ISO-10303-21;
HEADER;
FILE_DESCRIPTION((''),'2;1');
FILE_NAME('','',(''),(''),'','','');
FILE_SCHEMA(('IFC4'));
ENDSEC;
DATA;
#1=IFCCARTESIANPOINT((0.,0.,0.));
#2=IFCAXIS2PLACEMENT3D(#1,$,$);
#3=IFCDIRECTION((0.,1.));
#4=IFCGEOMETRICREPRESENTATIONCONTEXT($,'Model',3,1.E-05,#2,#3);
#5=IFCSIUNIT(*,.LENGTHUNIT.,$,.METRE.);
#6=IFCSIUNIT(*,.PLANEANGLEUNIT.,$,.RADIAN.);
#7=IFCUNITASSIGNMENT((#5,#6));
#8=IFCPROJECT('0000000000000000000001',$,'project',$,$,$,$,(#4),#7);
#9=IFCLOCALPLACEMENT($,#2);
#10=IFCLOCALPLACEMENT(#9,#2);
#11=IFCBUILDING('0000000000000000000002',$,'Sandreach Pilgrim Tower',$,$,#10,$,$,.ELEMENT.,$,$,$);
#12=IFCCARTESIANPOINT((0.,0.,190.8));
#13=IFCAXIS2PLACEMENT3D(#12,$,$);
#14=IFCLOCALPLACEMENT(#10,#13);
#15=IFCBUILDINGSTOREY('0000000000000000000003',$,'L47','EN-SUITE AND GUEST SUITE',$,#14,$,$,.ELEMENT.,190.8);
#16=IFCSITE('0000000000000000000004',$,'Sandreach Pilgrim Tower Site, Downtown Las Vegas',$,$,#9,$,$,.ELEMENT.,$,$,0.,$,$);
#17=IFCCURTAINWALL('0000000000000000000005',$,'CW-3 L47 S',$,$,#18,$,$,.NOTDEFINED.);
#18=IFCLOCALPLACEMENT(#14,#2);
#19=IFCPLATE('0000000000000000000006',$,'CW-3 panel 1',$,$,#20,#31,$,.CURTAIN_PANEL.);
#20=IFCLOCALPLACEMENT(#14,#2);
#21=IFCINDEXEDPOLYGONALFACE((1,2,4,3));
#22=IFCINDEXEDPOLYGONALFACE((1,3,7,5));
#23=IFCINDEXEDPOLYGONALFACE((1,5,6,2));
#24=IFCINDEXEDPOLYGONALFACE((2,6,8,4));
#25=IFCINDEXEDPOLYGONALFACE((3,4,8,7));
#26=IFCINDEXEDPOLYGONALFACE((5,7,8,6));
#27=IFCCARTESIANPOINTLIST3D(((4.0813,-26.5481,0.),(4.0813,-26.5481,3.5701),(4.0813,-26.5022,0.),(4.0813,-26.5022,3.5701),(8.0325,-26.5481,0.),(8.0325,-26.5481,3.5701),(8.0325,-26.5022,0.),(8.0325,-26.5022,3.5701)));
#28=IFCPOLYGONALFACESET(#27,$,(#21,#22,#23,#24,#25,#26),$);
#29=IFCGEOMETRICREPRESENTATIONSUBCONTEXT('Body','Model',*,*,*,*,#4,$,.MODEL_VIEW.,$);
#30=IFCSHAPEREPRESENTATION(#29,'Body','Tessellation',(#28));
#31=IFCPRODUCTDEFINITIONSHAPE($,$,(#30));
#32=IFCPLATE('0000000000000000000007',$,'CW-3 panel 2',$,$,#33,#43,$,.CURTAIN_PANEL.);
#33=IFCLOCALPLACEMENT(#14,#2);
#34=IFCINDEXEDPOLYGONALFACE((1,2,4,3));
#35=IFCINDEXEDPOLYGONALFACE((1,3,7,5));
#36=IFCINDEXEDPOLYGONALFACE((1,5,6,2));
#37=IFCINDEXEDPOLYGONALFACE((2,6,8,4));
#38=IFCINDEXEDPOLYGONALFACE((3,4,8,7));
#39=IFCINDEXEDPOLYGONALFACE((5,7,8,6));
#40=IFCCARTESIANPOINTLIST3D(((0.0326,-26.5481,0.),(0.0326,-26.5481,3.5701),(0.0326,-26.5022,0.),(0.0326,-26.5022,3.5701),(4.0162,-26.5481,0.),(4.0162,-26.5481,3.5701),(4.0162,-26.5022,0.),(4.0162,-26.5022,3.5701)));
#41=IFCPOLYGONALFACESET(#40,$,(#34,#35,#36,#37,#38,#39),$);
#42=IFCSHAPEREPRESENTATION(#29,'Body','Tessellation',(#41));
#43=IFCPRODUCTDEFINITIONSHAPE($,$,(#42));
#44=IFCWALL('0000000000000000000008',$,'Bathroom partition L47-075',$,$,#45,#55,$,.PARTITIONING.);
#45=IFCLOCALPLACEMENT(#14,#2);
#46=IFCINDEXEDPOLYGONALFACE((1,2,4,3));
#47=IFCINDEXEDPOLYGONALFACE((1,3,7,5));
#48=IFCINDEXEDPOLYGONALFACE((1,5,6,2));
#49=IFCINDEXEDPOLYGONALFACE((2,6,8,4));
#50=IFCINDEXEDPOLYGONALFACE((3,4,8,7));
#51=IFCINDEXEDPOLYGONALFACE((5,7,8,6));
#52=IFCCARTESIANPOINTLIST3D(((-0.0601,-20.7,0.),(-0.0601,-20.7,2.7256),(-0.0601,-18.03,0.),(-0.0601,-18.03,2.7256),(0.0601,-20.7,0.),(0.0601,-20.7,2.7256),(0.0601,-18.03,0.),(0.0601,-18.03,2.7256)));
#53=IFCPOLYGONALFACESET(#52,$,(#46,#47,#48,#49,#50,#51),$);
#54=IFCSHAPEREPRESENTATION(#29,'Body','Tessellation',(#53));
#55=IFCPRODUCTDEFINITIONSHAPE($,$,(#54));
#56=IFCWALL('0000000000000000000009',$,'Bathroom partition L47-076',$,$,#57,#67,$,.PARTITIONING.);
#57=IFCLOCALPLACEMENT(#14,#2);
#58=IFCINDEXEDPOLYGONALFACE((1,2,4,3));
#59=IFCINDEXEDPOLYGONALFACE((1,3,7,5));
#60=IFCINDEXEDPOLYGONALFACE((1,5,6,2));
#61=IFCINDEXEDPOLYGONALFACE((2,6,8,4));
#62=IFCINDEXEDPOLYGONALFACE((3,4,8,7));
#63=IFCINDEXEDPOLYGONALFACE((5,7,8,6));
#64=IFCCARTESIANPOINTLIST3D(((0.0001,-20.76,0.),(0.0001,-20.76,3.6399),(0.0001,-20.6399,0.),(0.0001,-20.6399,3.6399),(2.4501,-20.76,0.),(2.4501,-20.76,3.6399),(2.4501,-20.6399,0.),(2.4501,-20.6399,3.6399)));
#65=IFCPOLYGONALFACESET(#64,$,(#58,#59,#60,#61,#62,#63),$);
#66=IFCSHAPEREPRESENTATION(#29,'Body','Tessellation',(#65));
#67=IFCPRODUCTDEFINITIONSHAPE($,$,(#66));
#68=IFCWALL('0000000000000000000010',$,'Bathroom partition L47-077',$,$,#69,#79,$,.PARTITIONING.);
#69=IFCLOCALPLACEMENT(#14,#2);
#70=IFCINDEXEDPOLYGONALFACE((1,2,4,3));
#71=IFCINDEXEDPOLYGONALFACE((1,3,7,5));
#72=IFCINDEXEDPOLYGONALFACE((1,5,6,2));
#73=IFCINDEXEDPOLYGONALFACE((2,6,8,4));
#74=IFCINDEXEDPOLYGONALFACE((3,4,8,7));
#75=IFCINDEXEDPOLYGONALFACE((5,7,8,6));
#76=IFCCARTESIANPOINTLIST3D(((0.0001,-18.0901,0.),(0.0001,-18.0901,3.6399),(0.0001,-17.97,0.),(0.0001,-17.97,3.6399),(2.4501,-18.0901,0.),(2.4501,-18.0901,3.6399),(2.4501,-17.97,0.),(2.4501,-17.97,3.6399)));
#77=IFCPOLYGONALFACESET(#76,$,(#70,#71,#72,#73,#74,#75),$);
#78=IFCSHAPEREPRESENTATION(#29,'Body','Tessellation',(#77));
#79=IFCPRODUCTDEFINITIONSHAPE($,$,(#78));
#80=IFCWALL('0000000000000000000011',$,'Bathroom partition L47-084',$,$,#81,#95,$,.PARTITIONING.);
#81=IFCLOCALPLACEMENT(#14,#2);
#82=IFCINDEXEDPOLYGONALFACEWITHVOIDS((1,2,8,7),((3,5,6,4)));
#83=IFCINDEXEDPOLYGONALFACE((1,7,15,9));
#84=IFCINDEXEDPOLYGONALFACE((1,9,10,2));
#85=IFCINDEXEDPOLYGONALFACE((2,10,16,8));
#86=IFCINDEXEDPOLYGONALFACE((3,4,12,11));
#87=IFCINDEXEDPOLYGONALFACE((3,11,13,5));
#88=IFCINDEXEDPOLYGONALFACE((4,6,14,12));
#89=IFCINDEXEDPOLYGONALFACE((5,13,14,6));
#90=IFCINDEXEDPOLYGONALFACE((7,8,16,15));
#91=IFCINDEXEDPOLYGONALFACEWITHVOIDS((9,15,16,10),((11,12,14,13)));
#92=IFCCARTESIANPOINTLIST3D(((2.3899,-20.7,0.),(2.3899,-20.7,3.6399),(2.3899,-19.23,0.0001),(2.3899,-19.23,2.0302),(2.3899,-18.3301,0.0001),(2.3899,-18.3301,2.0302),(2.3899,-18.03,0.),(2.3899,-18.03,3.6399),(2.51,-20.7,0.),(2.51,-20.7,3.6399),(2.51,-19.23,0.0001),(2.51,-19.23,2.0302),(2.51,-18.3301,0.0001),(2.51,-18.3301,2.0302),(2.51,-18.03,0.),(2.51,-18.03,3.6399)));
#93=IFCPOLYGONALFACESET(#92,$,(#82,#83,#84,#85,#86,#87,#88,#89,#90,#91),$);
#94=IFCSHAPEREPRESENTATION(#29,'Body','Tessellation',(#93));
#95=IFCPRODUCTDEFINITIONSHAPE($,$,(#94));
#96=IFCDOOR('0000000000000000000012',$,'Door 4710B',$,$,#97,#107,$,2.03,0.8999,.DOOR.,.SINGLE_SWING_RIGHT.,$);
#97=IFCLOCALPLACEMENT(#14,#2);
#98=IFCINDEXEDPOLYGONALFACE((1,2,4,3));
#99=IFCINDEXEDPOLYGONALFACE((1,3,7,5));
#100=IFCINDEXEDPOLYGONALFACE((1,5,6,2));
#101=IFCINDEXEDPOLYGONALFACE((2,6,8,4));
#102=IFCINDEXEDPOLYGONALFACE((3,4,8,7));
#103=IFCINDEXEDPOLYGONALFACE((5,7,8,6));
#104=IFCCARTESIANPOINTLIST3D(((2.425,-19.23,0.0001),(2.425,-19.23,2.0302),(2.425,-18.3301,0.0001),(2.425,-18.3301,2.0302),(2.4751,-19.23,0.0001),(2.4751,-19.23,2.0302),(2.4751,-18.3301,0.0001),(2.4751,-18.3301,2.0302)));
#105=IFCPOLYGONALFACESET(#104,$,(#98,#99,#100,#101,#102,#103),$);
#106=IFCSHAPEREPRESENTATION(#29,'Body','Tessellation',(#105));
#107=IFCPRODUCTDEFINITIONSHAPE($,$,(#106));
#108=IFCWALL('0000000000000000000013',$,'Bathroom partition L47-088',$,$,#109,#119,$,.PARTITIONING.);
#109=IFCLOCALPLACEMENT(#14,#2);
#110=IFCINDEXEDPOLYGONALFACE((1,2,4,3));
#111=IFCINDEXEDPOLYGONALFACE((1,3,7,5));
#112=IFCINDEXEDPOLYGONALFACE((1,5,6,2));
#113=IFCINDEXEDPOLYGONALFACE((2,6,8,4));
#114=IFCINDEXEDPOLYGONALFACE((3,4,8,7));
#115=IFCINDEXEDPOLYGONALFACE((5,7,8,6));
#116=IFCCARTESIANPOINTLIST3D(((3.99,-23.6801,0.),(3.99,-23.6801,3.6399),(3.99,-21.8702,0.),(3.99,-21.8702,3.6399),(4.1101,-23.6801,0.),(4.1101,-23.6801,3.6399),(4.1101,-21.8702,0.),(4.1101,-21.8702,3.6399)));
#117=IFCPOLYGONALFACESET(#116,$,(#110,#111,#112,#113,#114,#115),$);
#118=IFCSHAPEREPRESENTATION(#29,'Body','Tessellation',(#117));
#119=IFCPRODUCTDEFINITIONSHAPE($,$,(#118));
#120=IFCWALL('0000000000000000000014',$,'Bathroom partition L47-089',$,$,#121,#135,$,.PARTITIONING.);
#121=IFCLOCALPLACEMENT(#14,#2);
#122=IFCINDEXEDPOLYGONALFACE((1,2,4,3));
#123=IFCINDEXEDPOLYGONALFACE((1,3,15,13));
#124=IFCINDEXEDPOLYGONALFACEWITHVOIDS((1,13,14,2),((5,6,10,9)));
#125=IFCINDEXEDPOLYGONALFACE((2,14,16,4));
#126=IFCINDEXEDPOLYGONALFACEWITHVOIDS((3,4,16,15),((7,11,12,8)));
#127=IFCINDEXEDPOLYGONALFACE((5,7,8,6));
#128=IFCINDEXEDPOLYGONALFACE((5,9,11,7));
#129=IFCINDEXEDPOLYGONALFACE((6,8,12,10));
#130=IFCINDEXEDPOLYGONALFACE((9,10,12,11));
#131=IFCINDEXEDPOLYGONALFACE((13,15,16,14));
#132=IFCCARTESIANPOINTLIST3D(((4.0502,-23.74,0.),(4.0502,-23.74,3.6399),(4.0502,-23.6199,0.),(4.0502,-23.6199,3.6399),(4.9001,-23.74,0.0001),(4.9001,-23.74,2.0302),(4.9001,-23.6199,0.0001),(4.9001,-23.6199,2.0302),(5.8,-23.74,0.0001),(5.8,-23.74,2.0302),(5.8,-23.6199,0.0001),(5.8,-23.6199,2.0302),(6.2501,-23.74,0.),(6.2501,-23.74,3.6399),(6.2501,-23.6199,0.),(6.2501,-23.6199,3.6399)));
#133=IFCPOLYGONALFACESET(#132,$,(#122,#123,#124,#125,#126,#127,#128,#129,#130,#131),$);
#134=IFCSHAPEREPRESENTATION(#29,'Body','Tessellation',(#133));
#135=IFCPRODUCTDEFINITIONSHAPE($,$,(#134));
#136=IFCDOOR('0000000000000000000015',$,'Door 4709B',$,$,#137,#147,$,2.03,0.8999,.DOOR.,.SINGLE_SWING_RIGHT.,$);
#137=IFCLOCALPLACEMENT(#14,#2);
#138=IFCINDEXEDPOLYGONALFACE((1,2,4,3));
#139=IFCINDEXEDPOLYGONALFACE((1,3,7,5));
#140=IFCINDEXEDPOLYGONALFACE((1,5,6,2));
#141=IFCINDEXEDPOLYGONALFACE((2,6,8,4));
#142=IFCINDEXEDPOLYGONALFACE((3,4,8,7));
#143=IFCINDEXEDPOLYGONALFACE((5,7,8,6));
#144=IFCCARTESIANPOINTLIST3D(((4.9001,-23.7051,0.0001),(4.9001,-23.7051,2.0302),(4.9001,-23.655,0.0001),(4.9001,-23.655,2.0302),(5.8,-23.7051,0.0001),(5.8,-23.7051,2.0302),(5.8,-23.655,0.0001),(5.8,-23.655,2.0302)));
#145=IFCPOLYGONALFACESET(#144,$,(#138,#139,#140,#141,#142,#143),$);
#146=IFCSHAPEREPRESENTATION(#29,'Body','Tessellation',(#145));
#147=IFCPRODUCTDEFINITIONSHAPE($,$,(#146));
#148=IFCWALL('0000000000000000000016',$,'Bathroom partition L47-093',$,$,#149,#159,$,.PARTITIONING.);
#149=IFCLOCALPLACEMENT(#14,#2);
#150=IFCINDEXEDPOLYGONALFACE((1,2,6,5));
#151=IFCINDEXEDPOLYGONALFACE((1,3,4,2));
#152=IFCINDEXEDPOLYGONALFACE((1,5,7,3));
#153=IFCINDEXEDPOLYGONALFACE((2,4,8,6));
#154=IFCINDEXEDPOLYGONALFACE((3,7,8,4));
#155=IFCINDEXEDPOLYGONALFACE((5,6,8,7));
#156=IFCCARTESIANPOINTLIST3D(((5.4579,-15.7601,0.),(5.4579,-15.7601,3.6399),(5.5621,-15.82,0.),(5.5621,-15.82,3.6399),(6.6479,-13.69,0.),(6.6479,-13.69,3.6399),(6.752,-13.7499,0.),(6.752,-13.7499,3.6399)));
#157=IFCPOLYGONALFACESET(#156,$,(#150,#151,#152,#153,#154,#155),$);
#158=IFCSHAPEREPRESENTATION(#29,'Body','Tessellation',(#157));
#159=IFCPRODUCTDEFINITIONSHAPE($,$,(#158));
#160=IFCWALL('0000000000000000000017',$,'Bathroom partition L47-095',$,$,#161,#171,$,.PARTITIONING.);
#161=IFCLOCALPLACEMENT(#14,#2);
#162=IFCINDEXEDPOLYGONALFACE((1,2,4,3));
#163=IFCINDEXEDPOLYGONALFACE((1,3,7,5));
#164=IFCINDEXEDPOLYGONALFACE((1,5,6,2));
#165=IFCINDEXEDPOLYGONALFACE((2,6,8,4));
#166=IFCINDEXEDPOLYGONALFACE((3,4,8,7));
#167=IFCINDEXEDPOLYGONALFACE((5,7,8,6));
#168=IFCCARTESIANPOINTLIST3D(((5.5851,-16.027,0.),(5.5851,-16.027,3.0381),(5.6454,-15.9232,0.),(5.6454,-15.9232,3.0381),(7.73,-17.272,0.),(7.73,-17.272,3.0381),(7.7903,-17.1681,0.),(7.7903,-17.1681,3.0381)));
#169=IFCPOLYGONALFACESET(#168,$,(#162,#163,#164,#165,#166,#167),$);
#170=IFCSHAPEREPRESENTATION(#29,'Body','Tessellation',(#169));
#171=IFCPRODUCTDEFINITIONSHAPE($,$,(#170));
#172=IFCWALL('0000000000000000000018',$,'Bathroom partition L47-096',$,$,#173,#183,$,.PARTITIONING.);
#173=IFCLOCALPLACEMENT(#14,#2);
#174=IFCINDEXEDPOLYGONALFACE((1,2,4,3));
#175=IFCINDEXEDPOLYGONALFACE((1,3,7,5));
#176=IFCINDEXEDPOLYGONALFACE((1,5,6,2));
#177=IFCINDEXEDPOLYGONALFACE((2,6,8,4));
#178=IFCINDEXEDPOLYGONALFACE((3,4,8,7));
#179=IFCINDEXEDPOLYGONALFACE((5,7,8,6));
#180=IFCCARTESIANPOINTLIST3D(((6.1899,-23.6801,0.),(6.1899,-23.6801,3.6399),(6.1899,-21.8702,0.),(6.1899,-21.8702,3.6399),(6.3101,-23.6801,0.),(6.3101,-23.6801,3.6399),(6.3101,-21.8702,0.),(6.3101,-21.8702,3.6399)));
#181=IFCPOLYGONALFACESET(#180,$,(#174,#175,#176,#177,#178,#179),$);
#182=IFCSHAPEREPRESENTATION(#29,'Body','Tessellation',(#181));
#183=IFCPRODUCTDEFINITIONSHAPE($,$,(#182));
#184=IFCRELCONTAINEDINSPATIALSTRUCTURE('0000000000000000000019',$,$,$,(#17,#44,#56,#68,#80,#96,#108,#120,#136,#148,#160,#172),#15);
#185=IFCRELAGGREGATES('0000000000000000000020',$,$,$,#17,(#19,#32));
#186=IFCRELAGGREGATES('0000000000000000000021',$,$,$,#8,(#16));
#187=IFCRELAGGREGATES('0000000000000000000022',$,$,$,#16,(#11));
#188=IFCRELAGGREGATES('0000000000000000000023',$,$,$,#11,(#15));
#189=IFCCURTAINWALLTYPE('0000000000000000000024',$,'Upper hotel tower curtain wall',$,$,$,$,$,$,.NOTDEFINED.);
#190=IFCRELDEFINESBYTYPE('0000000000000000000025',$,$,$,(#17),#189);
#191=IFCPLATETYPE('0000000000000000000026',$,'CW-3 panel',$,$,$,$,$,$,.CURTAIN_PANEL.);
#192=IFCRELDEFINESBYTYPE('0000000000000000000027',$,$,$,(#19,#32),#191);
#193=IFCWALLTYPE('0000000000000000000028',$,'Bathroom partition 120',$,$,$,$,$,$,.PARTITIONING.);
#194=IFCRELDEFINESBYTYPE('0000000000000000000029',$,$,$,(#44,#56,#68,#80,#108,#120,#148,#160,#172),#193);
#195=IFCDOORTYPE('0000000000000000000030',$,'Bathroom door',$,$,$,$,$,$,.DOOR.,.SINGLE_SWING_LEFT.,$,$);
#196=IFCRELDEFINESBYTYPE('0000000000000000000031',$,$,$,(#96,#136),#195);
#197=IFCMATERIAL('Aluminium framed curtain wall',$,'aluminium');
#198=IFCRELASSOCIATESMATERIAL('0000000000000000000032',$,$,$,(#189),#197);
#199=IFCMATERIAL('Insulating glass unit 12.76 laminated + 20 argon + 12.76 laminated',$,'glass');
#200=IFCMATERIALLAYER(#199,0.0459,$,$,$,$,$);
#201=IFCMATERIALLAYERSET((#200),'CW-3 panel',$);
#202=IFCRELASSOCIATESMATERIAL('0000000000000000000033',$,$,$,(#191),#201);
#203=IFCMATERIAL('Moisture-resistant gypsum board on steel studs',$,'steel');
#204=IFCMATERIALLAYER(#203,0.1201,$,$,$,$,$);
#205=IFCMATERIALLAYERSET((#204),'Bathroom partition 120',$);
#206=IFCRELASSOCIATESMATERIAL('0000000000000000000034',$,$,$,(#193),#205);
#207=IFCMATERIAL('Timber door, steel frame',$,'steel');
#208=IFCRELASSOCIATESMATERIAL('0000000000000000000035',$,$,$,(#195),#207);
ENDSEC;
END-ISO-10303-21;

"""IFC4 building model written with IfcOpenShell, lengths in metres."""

from ifc_helpers import new_model, si_unit, direction, frame, frame_2d, origin, origin_2d, place, context, subcontext, project, spatial, rectangle, extrude, material, layer, layer_set, type_object, element, fill, aggregate, save


model = new_model("IFC4")

# Units and contexts
model_context = context("Model", 3, precision=1e-05, world=origin(), true_north=direction((0.0, 1.0)))
body_context = subcontext(model_context, "Body", "Model", "MODEL_VIEW")
ifc_project = project(units=[si_unit("LENGTHUNIT", "METRE"), si_unit("PLANEANGLEUNIT", "RADIAN")], contexts=[model_context])

# Site, building, storey
site_placement = place(None, origin())
site = spatial("IfcSite", under=ifc_project, at=site_placement, Name="Sandreach Pilgrim Tower Site, Downtown Las Vegas", CompositionType="ELEMENT", RefElevation=0.0)
building_placement = place(site_placement, origin())
building = spatial("IfcBuilding", under=site, at=building_placement, Name="Sandreach Pilgrim Tower", CompositionType="ELEMENT")
storey_placement = place(building_placement, frame((0.0, 0.0, 190.8)))
storey = spatial("IfcBuildingStorey", under=building, at=storey_placement, Name="L47", Description="EN-SUITE AND GUEST SUITE", CompositionType="ELEMENT", Elevation=190.8)

# Curtain wall
ifc_material_1 = material(Name="Aluminium framed curtain wall", Category="aluminium")
curtain_wall_type = type_object("IfcCurtainWallType", Name="Upper hotel tower curtain wall", PredefinedType="NOTDEFINED", material=ifc_material_1)
curtain_wall_placement = place(storey_placement, origin())
curtain_wall = element("IfcCurtainWall", 1, at=curtain_wall_placement, inside=storey, type_object=curtain_wall_type, Name="CW-3 L47 S", PredefinedType="NOTDEFINED")

# Plates
ifc_material_2 = material(Name="Insulating glass unit 12.76 laminated + 20 argon + 12.76 laminated", Category="glass")
ifc_layer_1 = layer(ifc_material_2, 0.0459)
ifc_layer_set_1 = layer_set([ifc_layer_1], Name="CW-3 panel")
plate_type = type_object("IfcPlateType", Name="CW-3 panel", PredefinedType="CURTAIN_PANEL", material=ifc_layer_set_1)
plate_1_placement = place(storey_placement, frame((6.0569, -26.5251, 0.0), z_axis=(0.0, 0.0, 1.0), x_axis=(-1.0, 0.0, 0.0)))
plate_1 = element("IfcPlate", 2, at=plate_1_placement, type_object=plate_type, Name="CW-3 panel 1", PredefinedType="CURTAIN_PANEL", context=body_context, shape_type="SweptSolid", body=[
    extrude(rectangle(XDim=3.9512, YDim=0.0459, at=origin_2d()), origin(), (0.0, 0.0, 1.0), 3.5701),
])
plate_2_placement = place(storey_placement, frame((2.0244, -26.5251, 0.0), z_axis=(0.0, 0.0, 1.0), x_axis=(-1.0, 0.0, 0.0)))
plate_2 = element("IfcPlate", 3, at=plate_2_placement, type_object=plate_type, Name="CW-3 panel 2", PredefinedType="CURTAIN_PANEL", context=body_context, shape_type="SweptSolid", body=[
    extrude(rectangle(XDim=3.9836, YDim=0.0459, at=origin_2d()), origin(), (0.0, 0.0, 1.0), 3.5701),
])
aggregate(curtain_wall, [plate_1, plate_2])

# Walls
ifc_material_3 = material(Name="Moisture-resistant gypsum board on steel studs", Category="steel")
ifc_layer_2 = layer(ifc_material_3, 0.1201)
ifc_layer_set_2 = layer_set([ifc_layer_2], Name="Bathroom partition 120")
wall_type_1 = type_object("IfcWallType", Name="Bathroom partition 120", PredefinedType="PARTITIONING", material=ifc_layer_set_2)
wall_1_placement = place(storey_placement, frame((0.0, -20.7, 0.0), z_axis=(0.0, 0.0, 1.0), x_axis=(0.0, 1.0, 0.0)))
element("IfcWall", 4, at=wall_1_placement, inside=storey, type_object=wall_type_1, Name="Bathroom partition L47-075", PredefinedType="PARTITIONING", context=body_context, shape_type="SweptSolid", body=[
    extrude(rectangle(XDim=2.6699, YDim=0.1201, at=frame_2d((1.335, 0.0))), origin(), (0.0, 0.0, 1.0), 2.7256),
])
for number, where, z_axis, x_axis, name in (
    (5, (0.0, -20.7, 0.0), (0.0, 0.0, 1.0), (1.0, 0.0, 0.0), "Bathroom partition L47-076"),
    (6, (0.0, -18.03, 0.0), (0.0, 0.0, 1.0), (1.0, 0.0, 0.0), "Bathroom partition L47-077"),
):
    element("IfcWall", number, at=place(storey_placement, frame(where, z_axis=z_axis, x_axis=x_axis)), inside=storey, type_object=wall_type_1, Name=name, PredefinedType="PARTITIONING", context=body_context, shape_type="SweptSolid", body=[
        extrude(rectangle(XDim=2.45, YDim=0.1201, at=frame_2d((1.2251, 0.0))), origin(), (0.0, 0.0, 1.0), 3.6399),
    ])

# Wall, opening, door
wall_2_placement = place(storey_placement, frame((2.45, -20.7, 0.0), z_axis=(0.0, 0.0, 1.0), x_axis=(0.0, 1.0, 0.0)))
wall_2 = element("IfcWall", 7, at=wall_2_placement, inside=storey, type_object=wall_type_1, Name="Bathroom partition L47-084", PredefinedType="PARTITIONING", context=body_context, shape_type="SweptSolid", body=[
    extrude(rectangle(XDim=2.6699, YDim=0.1201, at=frame_2d((1.335, 0.0))), origin(), (0.0, 0.0, 1.0), 3.6399),
])
opening_1_placement = place(wall_2_placement, frame((1.47, 0.0, 0.0)))
opening_1 = element("IfcOpeningElement", 8, at=opening_1_placement, cuts=wall_2, PredefinedType="OPENING", context=body_context, shape_type="SweptSolid", body=[
    extrude(rectangle(XDim=0.8999, YDim=2.03, at=frame_2d((0.45, 1.0151))), frame((0.0, 0.0601, 0.0), z_axis=(0.0, -1.0, 0.0), x_axis=(1.0, 0.0, 0.0)), (0.0, 0.0, 1.0), 0.1201),
])
ifc_material_4 = material(Name="Timber door, steel frame", Category="steel")
door_type_1 = type_object("IfcDoorType", Name="Bathroom door", OperationType="SINGLE_SWING_LEFT", PredefinedType="DOOR", material=ifc_material_4)
door_1_placement = place(opening_1_placement, origin())
door_1 = element("IfcDoor", 9, at=door_1_placement, inside=storey, type_object=door_type_1, Name="Door 4710B", OperationType="SINGLE_SWING_RIGHT", OverallHeight=2.03, OverallWidth=0.8999, PredefinedType="DOOR", context=body_context, shape_type="SweptSolid", body=[
    extrude(rectangle(XDim=0.8999, YDim=2.03, at=frame_2d((0.45, 1.0151))), frame((0.0, 0.0249, 0.0), z_axis=(0.0, -1.0, 0.0), x_axis=(1.0, 0.0, 0.0)), (0.0, 0.0, 1.0), 0.05),
])
fill(opening_1, door_1)

# Wall
wall_3_placement = place(storey_placement, frame((4.05, -23.6799, 0.0), z_axis=(0.0, 0.0, 1.0), x_axis=(0.0, 1.0, 0.0)))
element("IfcWall", 10, at=wall_3_placement, inside=storey, type_object=wall_type_1, Name="Bathroom partition L47-088", PredefinedType="PARTITIONING", context=body_context, shape_type="SweptSolid", body=[
    extrude(rectangle(XDim=1.8098, YDim=0.1201, at=frame_2d((0.9048, 0.0))), origin(), (0.0, 0.0, 1.0), 3.6399),
])

# Wall, opening, door
wall_4_placement = place(storey_placement, frame((4.05, -23.6799, 0.0), z_axis=(0.0, 0.0, 1.0), x_axis=(1.0, 0.0, 0.0)))
wall_4 = element("IfcWall", 11, at=wall_4_placement, inside=storey, type_object=wall_type_1, Name="Bathroom partition L47-089", PredefinedType="PARTITIONING", context=body_context, shape_type="SweptSolid", body=[
    extrude(rectangle(XDim=2.2, YDim=0.1201, at=frame_2d((1.1001, 0.0))), origin(), (0.0, 0.0, 1.0), 3.6399),
])
opening_2_placement = place(wall_4_placement, frame((0.8501, 0.0, 0.0)))
opening_2 = element("IfcOpeningElement", 12, at=opening_2_placement, cuts=wall_4, PredefinedType="OPENING", context=body_context, shape_type="SweptSolid", body=[
    extrude(rectangle(XDim=0.8999, YDim=2.03, at=frame_2d((0.45, 1.0151))), frame((0.0, 0.0601, 0.0), z_axis=(0.0, -1.0, 0.0), x_axis=(1.0, 0.0, 0.0)), (0.0, 0.0, 1.0), 0.1201),
])
door_2_placement = place(opening_2_placement, origin())
door_2 = element("IfcDoor", 13, at=door_2_placement, inside=storey, type_object=door_type_1, Name="Door 4709B", OperationType="SINGLE_SWING_RIGHT", OverallHeight=2.03, OverallWidth=0.8999, PredefinedType="DOOR", context=body_context, shape_type="SweptSolid", body=[
    extrude(rectangle(XDim=0.8999, YDim=2.03, at=frame_2d((0.45, 1.0151))), frame((0.0, 0.0249, 0.0), z_axis=(0.0, -1.0, 0.0), x_axis=(1.0, 0.0, 0.0)), (0.0, 0.0, 1.0), 0.05),
])
fill(opening_2, door_2)

# Walls
wall_5_placement = place(storey_placement, frame((5.51, -15.79, 0.0), z_axis=(0.0, 0.0, 1.0), x_axis=(0.498362, 0.866969, 0.0)))
element("IfcWall", 14, at=wall_5_placement, inside=storey, type_object=wall_type_1, Name="Bathroom partition L47-093", PredefinedType="PARTITIONING", context=body_context, shape_type="SweptSolid", body=[
    extrude(rectangle(XDim=2.3877, YDim=0.1201, at=frame_2d((1.1938, 0.0))), origin(), (0.0, 0.0, 1.0), 3.6399),
])
wall_6_placement = place(storey_placement, frame((5.6152, -15.9751, 0.0), z_axis=(0.0, 0.0, 1.0), x_axis=(0.864873, -0.501991, 0.0)))
element("IfcWall", 15, at=wall_6_placement, inside=storey, type_object=wall_type_1, Name="Bathroom partition L47-095", PredefinedType="PARTITIONING", context=body_context, shape_type="SweptSolid", body=[
    extrude(rectangle(XDim=2.48, YDim=0.1201, at=frame_2d((1.24, 0.0))), origin(), (0.0, 0.0, 1.0), 3.0381),
])
wall_7_placement = place(storey_placement, frame((6.25, -23.6799, 0.0), z_axis=(0.0, 0.0, 1.0), x_axis=(0.0, 1.0, 0.0)))
element("IfcWall", 16, at=wall_7_placement, inside=storey, type_object=wall_type_1, Name="Bathroom partition L47-096", PredefinedType="PARTITIONING", context=body_context, shape_type="SweptSolid", body=[
    extrude(rectangle(XDim=1.8098, YDim=0.1201, at=frame_2d((0.9048, 0.0))), origin(), (0.0, 0.0, 1.0), 3.6399),
])

save(model, "model.ifc")
